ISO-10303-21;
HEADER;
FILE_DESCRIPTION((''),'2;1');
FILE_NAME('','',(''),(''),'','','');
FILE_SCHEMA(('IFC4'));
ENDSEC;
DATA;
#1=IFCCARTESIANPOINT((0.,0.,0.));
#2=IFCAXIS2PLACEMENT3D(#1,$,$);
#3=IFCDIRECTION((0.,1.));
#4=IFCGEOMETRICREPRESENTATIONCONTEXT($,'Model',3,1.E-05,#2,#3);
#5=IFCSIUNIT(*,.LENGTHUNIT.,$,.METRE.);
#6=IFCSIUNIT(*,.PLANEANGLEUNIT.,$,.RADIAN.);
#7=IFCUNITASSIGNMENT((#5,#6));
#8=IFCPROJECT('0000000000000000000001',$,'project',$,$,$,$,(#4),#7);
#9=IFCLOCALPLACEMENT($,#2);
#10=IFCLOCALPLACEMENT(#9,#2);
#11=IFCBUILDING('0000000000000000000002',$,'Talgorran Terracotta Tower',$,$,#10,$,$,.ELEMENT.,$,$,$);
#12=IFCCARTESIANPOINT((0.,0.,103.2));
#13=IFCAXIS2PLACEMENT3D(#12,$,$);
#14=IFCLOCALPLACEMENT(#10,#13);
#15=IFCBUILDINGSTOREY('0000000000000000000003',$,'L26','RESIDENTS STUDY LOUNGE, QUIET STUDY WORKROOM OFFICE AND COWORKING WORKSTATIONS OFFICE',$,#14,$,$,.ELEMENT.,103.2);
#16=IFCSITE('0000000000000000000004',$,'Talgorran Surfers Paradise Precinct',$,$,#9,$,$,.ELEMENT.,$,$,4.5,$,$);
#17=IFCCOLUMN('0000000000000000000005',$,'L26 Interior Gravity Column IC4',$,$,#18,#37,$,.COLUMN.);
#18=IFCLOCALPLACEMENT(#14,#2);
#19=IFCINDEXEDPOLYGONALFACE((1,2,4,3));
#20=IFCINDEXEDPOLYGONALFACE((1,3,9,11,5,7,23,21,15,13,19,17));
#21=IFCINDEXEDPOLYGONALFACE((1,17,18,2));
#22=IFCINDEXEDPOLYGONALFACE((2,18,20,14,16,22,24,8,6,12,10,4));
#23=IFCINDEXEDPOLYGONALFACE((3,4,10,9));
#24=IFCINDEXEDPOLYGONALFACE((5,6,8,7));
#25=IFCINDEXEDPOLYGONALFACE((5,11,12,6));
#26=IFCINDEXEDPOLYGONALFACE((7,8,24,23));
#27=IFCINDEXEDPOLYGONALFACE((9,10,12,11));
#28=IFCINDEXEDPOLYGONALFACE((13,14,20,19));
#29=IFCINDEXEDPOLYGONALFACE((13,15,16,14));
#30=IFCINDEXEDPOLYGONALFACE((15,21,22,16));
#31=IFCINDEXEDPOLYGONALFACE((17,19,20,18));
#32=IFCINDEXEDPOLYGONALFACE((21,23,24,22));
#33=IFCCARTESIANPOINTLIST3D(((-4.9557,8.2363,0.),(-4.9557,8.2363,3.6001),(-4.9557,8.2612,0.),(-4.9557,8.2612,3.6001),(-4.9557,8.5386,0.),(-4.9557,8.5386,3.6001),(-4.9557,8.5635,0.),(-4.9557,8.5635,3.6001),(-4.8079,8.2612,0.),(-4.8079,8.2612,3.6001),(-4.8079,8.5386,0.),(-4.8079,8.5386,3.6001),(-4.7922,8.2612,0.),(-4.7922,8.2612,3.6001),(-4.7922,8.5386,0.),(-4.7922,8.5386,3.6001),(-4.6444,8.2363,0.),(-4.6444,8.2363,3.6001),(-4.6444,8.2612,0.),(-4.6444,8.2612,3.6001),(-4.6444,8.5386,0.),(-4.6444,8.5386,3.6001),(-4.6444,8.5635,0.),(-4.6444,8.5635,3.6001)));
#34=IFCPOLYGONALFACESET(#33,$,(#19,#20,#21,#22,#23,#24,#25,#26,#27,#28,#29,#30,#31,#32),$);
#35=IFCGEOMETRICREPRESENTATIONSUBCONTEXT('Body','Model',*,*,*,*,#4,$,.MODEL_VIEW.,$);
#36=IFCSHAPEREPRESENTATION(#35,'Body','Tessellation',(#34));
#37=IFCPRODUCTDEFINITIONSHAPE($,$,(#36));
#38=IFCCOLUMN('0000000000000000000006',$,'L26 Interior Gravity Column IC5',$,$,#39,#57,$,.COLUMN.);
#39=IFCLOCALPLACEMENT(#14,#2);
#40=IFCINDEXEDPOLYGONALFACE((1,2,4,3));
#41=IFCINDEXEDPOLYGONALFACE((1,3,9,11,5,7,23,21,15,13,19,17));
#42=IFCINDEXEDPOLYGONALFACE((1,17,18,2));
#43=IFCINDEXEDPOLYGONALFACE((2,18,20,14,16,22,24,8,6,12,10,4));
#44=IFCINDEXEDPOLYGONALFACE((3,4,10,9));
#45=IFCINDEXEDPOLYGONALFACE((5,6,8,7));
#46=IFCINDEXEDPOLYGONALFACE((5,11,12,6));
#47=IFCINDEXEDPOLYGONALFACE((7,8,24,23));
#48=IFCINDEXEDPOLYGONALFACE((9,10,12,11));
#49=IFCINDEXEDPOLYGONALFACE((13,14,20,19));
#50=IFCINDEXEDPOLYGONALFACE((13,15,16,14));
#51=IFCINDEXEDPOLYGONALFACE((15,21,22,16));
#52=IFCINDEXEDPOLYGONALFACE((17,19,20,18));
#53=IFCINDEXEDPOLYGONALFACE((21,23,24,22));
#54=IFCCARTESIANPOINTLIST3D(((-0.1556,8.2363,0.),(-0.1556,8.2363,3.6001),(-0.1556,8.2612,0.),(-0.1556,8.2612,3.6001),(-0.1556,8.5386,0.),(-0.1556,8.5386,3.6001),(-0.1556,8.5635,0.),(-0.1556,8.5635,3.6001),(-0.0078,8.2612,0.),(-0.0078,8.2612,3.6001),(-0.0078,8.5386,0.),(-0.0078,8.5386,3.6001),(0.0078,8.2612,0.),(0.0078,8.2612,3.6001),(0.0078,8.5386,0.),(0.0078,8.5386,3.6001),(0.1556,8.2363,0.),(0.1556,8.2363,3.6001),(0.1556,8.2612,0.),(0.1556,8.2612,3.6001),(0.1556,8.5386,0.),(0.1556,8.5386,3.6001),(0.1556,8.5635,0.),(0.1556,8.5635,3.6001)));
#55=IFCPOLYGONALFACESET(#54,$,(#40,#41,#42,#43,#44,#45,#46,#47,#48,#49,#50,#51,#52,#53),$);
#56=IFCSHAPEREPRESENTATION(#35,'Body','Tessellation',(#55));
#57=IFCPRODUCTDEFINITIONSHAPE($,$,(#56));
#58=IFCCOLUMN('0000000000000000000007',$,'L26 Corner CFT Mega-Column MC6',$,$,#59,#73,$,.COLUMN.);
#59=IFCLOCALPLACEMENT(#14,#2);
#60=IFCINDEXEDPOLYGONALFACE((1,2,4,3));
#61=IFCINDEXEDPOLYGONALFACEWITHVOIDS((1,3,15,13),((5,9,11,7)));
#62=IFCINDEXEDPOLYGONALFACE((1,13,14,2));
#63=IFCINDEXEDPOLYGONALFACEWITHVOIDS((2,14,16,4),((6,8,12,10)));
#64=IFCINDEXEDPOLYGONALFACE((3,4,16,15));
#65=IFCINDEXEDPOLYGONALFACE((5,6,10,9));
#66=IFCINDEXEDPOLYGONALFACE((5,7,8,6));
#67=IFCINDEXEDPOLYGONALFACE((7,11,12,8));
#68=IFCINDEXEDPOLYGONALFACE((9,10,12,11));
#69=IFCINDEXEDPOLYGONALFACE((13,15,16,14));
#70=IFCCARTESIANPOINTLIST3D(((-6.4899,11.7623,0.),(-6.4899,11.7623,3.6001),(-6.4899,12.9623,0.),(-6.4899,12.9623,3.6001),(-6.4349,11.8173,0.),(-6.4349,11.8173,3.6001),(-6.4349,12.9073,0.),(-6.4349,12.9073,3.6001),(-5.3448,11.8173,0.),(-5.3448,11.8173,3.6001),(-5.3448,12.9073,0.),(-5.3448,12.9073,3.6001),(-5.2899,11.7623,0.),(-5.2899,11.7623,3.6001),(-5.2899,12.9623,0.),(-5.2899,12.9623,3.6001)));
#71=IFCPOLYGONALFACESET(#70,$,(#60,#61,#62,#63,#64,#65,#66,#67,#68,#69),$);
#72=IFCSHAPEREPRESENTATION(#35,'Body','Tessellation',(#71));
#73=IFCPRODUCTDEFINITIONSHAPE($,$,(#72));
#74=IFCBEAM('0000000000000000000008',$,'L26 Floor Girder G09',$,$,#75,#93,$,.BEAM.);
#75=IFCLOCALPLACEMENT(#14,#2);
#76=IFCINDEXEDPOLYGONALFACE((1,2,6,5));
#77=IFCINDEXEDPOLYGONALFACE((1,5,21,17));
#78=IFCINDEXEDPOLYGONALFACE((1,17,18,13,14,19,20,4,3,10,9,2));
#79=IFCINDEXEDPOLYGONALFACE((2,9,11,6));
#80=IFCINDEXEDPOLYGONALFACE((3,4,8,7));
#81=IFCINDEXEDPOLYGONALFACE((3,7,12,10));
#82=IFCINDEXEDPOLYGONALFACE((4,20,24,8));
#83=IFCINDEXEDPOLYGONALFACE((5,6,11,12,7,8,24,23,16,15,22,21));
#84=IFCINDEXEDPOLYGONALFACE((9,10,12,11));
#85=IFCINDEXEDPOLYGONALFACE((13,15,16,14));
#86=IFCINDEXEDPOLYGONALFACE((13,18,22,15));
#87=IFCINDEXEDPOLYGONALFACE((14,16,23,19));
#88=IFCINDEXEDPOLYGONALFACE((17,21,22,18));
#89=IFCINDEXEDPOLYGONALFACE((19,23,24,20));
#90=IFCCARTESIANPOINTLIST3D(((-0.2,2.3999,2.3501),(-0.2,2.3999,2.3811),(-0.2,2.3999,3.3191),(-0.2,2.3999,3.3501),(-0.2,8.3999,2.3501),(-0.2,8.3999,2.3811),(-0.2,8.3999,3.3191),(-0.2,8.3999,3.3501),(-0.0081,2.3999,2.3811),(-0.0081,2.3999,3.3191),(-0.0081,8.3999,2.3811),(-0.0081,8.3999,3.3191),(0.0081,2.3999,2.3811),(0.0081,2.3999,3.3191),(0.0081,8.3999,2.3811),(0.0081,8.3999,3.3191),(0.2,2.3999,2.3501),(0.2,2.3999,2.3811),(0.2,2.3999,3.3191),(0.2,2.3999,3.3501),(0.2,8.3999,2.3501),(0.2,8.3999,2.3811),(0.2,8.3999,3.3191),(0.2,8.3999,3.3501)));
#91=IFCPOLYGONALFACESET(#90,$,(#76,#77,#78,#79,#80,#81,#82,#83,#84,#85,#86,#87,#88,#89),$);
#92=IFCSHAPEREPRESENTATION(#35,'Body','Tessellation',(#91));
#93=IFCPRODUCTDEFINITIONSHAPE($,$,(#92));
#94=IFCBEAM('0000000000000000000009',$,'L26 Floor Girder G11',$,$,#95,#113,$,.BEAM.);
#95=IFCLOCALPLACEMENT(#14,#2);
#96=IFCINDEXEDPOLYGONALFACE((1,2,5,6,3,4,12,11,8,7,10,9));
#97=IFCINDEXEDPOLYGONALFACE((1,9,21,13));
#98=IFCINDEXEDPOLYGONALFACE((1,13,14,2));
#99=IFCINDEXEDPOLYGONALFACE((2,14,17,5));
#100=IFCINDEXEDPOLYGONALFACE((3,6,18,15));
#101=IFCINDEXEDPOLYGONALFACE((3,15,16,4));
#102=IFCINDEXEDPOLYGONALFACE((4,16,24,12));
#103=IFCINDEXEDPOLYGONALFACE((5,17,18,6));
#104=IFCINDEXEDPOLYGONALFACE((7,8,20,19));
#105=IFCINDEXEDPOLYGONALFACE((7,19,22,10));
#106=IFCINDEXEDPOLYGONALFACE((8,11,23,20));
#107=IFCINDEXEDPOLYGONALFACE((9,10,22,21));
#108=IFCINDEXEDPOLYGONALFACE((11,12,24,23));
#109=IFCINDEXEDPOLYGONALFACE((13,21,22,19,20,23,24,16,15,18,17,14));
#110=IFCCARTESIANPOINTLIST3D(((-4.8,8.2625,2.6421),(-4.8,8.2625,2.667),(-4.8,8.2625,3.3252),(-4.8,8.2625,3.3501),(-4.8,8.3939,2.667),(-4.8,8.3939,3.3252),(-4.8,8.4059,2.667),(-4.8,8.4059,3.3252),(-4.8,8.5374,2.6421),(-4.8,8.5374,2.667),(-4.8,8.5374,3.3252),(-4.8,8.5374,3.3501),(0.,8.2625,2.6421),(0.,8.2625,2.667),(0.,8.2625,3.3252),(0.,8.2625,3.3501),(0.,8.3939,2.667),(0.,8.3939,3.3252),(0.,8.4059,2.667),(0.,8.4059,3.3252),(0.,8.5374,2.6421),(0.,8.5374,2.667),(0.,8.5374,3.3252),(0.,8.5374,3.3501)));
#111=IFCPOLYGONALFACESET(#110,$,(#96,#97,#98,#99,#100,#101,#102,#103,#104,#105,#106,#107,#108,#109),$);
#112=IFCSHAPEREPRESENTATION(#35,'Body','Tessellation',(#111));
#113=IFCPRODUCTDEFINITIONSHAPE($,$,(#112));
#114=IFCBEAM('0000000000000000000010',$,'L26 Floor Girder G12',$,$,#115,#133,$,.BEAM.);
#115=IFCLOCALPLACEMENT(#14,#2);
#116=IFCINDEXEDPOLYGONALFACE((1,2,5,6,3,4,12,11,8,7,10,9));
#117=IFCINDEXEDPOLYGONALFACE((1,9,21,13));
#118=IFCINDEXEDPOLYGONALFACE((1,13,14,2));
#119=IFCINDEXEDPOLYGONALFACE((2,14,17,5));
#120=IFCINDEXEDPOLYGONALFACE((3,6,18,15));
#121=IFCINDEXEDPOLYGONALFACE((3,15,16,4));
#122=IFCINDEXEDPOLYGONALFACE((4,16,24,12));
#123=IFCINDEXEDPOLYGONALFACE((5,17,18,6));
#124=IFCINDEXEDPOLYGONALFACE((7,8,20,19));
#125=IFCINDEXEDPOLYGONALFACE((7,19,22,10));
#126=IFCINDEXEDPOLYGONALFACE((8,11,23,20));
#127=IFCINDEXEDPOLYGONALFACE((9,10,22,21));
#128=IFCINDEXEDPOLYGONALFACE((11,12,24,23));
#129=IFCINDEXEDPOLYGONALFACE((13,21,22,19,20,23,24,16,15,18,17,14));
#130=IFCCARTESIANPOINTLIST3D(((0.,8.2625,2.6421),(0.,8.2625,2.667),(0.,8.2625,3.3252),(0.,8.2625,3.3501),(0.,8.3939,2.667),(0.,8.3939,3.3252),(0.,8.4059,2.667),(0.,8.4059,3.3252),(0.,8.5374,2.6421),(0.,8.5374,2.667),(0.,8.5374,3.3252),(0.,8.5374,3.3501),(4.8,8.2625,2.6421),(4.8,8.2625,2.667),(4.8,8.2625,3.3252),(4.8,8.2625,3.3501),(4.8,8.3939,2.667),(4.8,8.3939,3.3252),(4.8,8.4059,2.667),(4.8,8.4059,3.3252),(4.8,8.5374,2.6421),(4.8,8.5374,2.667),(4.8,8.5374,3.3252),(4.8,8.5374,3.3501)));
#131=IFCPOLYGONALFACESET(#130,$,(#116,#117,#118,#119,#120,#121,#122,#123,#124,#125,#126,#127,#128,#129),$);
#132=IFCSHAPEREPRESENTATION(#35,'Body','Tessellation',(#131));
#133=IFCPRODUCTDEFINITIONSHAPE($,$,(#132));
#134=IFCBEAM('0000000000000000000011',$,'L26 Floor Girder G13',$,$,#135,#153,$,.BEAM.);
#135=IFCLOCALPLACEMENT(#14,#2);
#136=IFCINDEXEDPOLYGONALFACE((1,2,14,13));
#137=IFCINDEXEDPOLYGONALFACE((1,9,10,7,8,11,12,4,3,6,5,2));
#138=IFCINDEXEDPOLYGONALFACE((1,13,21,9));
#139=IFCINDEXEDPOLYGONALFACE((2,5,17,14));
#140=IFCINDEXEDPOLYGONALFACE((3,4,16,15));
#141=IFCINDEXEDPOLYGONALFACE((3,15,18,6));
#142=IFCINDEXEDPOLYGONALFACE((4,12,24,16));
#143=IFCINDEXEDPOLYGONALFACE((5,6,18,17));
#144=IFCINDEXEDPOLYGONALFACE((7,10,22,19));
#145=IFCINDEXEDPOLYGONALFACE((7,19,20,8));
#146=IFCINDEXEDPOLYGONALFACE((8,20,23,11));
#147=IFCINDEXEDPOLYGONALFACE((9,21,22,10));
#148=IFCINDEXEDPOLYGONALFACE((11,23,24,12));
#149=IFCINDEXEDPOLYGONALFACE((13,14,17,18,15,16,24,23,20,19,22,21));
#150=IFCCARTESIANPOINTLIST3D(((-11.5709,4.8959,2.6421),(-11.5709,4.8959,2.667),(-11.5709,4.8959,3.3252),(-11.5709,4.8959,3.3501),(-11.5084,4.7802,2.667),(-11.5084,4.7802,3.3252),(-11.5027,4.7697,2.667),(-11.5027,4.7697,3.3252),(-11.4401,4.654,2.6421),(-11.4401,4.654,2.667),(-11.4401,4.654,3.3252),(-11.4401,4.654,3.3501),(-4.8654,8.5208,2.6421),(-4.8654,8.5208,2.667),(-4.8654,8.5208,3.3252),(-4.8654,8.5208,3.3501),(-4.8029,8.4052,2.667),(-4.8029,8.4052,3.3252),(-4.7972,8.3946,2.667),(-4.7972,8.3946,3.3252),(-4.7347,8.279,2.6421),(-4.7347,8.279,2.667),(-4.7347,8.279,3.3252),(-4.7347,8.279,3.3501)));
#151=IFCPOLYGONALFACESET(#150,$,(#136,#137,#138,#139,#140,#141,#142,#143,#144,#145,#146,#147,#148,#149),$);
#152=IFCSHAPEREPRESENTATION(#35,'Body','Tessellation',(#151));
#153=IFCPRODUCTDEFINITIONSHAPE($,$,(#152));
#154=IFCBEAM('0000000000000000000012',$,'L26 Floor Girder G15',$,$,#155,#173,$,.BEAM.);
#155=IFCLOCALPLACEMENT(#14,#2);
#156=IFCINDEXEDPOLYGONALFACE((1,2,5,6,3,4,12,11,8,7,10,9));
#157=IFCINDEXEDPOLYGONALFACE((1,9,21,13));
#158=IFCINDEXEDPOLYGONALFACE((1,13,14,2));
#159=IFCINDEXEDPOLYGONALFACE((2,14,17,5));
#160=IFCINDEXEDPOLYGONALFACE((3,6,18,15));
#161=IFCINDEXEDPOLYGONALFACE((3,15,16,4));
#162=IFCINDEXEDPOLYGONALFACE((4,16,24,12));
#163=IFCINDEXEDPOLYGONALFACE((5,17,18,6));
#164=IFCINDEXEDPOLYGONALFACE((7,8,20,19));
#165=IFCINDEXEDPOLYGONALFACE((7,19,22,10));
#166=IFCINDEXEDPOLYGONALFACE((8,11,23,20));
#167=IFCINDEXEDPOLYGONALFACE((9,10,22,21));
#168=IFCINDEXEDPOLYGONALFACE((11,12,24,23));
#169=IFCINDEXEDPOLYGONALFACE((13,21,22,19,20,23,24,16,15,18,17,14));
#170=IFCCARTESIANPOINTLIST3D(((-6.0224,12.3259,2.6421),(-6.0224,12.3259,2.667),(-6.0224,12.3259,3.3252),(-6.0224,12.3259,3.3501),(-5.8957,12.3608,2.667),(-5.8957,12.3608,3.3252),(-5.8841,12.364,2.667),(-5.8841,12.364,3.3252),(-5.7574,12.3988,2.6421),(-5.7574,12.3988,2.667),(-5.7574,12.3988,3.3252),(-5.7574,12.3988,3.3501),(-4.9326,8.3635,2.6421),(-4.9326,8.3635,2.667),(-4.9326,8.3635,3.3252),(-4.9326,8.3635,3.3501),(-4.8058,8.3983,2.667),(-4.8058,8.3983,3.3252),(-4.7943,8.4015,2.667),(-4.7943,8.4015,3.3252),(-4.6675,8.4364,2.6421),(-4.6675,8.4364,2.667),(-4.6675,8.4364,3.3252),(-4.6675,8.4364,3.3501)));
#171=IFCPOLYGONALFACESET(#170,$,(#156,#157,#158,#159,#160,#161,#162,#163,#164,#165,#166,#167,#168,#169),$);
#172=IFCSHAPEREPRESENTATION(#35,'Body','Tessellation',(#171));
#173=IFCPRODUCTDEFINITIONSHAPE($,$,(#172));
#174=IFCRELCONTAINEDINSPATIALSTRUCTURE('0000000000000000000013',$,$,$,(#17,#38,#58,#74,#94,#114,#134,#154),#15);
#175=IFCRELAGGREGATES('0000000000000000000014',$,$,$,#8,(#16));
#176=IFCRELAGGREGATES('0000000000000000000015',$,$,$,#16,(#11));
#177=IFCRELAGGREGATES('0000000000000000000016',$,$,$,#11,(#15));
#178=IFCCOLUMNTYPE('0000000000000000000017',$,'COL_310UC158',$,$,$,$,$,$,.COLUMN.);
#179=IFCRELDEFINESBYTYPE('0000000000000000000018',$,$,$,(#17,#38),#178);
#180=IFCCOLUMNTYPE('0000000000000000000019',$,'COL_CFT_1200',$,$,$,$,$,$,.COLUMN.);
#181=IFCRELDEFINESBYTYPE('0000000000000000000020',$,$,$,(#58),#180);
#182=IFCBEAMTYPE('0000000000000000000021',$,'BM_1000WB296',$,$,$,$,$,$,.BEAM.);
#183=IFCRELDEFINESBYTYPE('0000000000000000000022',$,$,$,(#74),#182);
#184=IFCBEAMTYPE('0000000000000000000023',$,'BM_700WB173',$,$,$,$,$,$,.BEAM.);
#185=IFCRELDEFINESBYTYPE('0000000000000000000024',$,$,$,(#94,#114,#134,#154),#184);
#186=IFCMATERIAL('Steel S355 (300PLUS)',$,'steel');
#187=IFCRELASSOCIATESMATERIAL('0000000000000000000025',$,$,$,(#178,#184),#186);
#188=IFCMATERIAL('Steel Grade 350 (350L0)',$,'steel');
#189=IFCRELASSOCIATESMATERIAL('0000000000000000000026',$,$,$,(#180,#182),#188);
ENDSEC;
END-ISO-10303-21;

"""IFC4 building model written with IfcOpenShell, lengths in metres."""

from ifc_helpers import new_model, si_unit, direction, frame, origin, origin_2d, place, context, subcontext, project, spatial, hollow_rectangle, i_section, extrude, material, material_profile, profile_set, type_object, element, save


model = new_model("IFC4")

# Units and contexts
model_context = context("Model", 3, precision=1e-05, world=origin(), true_north=direction((0.0, 1.0)))
body_context = subcontext(model_context, "Body", "Model", "MODEL_VIEW")
ifc_project = project(units=[si_unit("LENGTHUNIT", "METRE"), si_unit("PLANEANGLEUNIT", "RADIAN")], contexts=[model_context])

# Site, building, storey
site_placement = place(None, origin())
site = spatial("IfcSite", under=ifc_project, at=site_placement, Name="Talgorran Surfers Paradise Precinct", CompositionType="ELEMENT", RefElevation=4.5)
building_placement = place(site_placement, origin())
building = spatial("IfcBuilding", under=site, at=building_placement, Name="Talgorran Terracotta Tower", CompositionType="ELEMENT")
storey_placement = place(building_placement, frame((0.0, 0.0, 103.2)))
storey = spatial("IfcBuildingStorey", under=building, at=storey_placement, Name="L26", Description="RESIDENTS STUDY LOUNGE, QUIET STUDY WORKROOM OFFICE AND COWORKING WORKSTATIONS OFFICE", CompositionType="ELEMENT", Elevation=103.2)

# Columns
ifc_material_1 = material(Name="Steel S355 (300PLUS)", Category="steel")
ifc_material_profile_1 = material_profile(ifc_material_1, i_section(OverallWidth=0.3113, OverallDepth=0.3271, WebThickness=0.0156, FlangeThickness=0.0249, at=origin_2d()), Name="310UC158")
ifc_profile_set_1 = profile_set([ifc_material_profile_1], Name="Steel S355 (300PLUS)")
column_type_1 = type_object("IfcColumnType", Name="COL_310UC158", PredefinedType="COLUMN", material=ifc_profile_set_1)
for number, where, z_axis, x_axis, name in (
    (1, (-4.8, 8.3999, 0.0), (0.0, 0.0, 1.0), (1.0, 0.0, 0.0), "L26 Interior Gravity Column IC4"),
    (2, (0.0, 8.3999, 0.0), (0.0, 0.0, 1.0), (1.0, 0.0, 0.0), "L26 Interior Gravity Column IC5"),
):
    element("IfcColumn", number, at=place(storey_placement, frame(where, z_axis=z_axis, x_axis=x_axis)), inside=storey, type_object=column_type_1, Name=name, PredefinedType="COLUMN", context=body_context, shape_type="SweptSolid", body=[
        extrude(i_section(OverallWidth=0.3113, OverallDepth=0.3271, WebThickness=0.0156, FlangeThickness=0.0249, at=origin_2d()), origin(), (0.0, 0.0, 1.0), 3.6001),
    ])
ifc_material_2 = material(Name="Steel Grade 350 (350L0)", Category="steel")
ifc_material_profile_2 = material_profile(ifc_material_2, hollow_rectangle(XDim=1.2, YDim=1.2, WallThickness=0.0549, at=origin_2d()), Name="CFT1200X1200X55")
ifc_profile_set_2 = profile_set([ifc_material_profile_2], Name="Steel Grade 350 (350L0)")
column_type_2 = type_object("IfcColumnType", Name="COL_CFT_1200", PredefinedType="COLUMN", material=ifc_profile_set_2)
column_placement = place(storey_placement, frame((-5.8899, 12.3623, 0.0), z_axis=(0.0, 0.0, 1.0), x_axis=(1.0, 0.0, 0.0)))
element("IfcColumn", 3, at=column_placement, inside=storey, type_object=column_type_2, Name="L26 Corner CFT Mega-Column MC6", PredefinedType="COLUMN", context=body_context, shape_type="SweptSolid", body=[
    extrude(hollow_rectangle(XDim=1.2, YDim=1.2, WallThickness=0.0549, at=origin_2d()), origin(), (0.0, 0.0, 1.0), 3.6001),
])

# Beams
ifc_material_profile_3 = material_profile(ifc_material_2, i_section(OverallWidth=0.3999, OverallDepth=1.0, WebThickness=0.0161, FlangeThickness=0.031, at=origin_2d()), Name="1000WB296")
ifc_profile_set_3 = profile_set([ifc_material_profile_3], Name="Steel Grade 350 (350L0)")
beam_type_1 = type_object("IfcBeamType", Name="BM_1000WB296", PredefinedType="BEAM", material=ifc_profile_set_3)
beam_1_placement = place(storey_placement, frame((0.0, 2.3999, 2.8501), z_axis=(0.0, 1.0, 0.0), x_axis=(-1.0, 0.0, 0.0)))
element("IfcBeam", 4, at=beam_1_placement, inside=storey, type_object=beam_type_1, Name="L26 Floor Girder G09", PredefinedType="BEAM", context=body_context, shape_type="SweptSolid", body=[
    extrude(i_section(OverallWidth=0.3999, OverallDepth=1.0, WebThickness=0.0161, FlangeThickness=0.031, at=origin_2d()), origin(), (0.0, 0.0, 1.0), 6.0),
])
ifc_material_profile_4 = material_profile(ifc_material_1, i_section(OverallWidth=0.2749, OverallDepth=0.708, WebThickness=0.012, FlangeThickness=0.0249, at=origin_2d()), Name="700WB173")
ifc_profile_set_4 = profile_set([ifc_material_profile_4], Name="Steel S355 (300PLUS)")
beam_type_2 = type_object("IfcBeamType", Name="BM_700WB173", PredefinedType="BEAM", material=ifc_profile_set_4)
for number, where, z_axis, x_axis, name in (
    (5, (-4.8, 8.3999, 2.9961), (1.0, 0.0, 0.0), (0.0, 1.0, 0.0), "L26 Floor Girder G11"),
    (6, (0.0, 8.3999, 2.9961), (1.0, 0.0, 0.0), (0.0, 1.0, 0.0), "L26 Floor Girder G12"),
):
    element("IfcBeam", number, at=place(storey_placement, frame(where, z_axis=z_axis, x_axis=x_axis)), inside=storey, type_object=beam_type_2, Name=name, PredefinedType="BEAM", context=body_context, shape_type="SweptSolid", body=[
        extrude(i_section(OverallWidth=0.2749, OverallDepth=0.708, WebThickness=0.012, FlangeThickness=0.0249, at=origin_2d()), origin(), (0.0, 0.0, 1.0), 4.8),
    ])
beam_2_placement = place(storey_placement, frame((-4.8, 8.3999, 2.9961), z_axis=(-0.879686, -0.475555, 0.0), x_axis=(0.475555, -0.879686, 0.0)))
element("IfcBeam", 7, at=beam_2_placement, inside=storey, type_object=beam_type_2, Name="L26 Floor Girder G13", PredefinedType="BEAM", context=body_context, shape_type="SweptSolid", body=[
    extrude(i_section(OverallWidth=0.2749, OverallDepth=0.708, WebThickness=0.012, FlangeThickness=0.0249, at=origin_2d()), origin(), (0.0, 0.0, 1.0), 7.6226),
])
beam_3_placement = place(storey_placement, frame((-4.8, 8.3999, 2.9961), z_axis=(-0.265198, 0.964194, 0.0), x_axis=(-0.964194, -0.265198, 0.0)))
element("IfcBeam", 8, at=beam_3_placement, inside=storey, type_object=beam_type_2, Name="L26 Floor Girder G15", PredefinedType="BEAM", context=body_context, shape_type="SweptSolid", body=[
    extrude(i_section(OverallWidth=0.2749, OverallDepth=0.708, WebThickness=0.012, FlangeThickness=0.0249, at=origin_2d()), origin(), (0.0, 0.0, 1.0), 4.1096),
])

save(model, "model.ifc")
